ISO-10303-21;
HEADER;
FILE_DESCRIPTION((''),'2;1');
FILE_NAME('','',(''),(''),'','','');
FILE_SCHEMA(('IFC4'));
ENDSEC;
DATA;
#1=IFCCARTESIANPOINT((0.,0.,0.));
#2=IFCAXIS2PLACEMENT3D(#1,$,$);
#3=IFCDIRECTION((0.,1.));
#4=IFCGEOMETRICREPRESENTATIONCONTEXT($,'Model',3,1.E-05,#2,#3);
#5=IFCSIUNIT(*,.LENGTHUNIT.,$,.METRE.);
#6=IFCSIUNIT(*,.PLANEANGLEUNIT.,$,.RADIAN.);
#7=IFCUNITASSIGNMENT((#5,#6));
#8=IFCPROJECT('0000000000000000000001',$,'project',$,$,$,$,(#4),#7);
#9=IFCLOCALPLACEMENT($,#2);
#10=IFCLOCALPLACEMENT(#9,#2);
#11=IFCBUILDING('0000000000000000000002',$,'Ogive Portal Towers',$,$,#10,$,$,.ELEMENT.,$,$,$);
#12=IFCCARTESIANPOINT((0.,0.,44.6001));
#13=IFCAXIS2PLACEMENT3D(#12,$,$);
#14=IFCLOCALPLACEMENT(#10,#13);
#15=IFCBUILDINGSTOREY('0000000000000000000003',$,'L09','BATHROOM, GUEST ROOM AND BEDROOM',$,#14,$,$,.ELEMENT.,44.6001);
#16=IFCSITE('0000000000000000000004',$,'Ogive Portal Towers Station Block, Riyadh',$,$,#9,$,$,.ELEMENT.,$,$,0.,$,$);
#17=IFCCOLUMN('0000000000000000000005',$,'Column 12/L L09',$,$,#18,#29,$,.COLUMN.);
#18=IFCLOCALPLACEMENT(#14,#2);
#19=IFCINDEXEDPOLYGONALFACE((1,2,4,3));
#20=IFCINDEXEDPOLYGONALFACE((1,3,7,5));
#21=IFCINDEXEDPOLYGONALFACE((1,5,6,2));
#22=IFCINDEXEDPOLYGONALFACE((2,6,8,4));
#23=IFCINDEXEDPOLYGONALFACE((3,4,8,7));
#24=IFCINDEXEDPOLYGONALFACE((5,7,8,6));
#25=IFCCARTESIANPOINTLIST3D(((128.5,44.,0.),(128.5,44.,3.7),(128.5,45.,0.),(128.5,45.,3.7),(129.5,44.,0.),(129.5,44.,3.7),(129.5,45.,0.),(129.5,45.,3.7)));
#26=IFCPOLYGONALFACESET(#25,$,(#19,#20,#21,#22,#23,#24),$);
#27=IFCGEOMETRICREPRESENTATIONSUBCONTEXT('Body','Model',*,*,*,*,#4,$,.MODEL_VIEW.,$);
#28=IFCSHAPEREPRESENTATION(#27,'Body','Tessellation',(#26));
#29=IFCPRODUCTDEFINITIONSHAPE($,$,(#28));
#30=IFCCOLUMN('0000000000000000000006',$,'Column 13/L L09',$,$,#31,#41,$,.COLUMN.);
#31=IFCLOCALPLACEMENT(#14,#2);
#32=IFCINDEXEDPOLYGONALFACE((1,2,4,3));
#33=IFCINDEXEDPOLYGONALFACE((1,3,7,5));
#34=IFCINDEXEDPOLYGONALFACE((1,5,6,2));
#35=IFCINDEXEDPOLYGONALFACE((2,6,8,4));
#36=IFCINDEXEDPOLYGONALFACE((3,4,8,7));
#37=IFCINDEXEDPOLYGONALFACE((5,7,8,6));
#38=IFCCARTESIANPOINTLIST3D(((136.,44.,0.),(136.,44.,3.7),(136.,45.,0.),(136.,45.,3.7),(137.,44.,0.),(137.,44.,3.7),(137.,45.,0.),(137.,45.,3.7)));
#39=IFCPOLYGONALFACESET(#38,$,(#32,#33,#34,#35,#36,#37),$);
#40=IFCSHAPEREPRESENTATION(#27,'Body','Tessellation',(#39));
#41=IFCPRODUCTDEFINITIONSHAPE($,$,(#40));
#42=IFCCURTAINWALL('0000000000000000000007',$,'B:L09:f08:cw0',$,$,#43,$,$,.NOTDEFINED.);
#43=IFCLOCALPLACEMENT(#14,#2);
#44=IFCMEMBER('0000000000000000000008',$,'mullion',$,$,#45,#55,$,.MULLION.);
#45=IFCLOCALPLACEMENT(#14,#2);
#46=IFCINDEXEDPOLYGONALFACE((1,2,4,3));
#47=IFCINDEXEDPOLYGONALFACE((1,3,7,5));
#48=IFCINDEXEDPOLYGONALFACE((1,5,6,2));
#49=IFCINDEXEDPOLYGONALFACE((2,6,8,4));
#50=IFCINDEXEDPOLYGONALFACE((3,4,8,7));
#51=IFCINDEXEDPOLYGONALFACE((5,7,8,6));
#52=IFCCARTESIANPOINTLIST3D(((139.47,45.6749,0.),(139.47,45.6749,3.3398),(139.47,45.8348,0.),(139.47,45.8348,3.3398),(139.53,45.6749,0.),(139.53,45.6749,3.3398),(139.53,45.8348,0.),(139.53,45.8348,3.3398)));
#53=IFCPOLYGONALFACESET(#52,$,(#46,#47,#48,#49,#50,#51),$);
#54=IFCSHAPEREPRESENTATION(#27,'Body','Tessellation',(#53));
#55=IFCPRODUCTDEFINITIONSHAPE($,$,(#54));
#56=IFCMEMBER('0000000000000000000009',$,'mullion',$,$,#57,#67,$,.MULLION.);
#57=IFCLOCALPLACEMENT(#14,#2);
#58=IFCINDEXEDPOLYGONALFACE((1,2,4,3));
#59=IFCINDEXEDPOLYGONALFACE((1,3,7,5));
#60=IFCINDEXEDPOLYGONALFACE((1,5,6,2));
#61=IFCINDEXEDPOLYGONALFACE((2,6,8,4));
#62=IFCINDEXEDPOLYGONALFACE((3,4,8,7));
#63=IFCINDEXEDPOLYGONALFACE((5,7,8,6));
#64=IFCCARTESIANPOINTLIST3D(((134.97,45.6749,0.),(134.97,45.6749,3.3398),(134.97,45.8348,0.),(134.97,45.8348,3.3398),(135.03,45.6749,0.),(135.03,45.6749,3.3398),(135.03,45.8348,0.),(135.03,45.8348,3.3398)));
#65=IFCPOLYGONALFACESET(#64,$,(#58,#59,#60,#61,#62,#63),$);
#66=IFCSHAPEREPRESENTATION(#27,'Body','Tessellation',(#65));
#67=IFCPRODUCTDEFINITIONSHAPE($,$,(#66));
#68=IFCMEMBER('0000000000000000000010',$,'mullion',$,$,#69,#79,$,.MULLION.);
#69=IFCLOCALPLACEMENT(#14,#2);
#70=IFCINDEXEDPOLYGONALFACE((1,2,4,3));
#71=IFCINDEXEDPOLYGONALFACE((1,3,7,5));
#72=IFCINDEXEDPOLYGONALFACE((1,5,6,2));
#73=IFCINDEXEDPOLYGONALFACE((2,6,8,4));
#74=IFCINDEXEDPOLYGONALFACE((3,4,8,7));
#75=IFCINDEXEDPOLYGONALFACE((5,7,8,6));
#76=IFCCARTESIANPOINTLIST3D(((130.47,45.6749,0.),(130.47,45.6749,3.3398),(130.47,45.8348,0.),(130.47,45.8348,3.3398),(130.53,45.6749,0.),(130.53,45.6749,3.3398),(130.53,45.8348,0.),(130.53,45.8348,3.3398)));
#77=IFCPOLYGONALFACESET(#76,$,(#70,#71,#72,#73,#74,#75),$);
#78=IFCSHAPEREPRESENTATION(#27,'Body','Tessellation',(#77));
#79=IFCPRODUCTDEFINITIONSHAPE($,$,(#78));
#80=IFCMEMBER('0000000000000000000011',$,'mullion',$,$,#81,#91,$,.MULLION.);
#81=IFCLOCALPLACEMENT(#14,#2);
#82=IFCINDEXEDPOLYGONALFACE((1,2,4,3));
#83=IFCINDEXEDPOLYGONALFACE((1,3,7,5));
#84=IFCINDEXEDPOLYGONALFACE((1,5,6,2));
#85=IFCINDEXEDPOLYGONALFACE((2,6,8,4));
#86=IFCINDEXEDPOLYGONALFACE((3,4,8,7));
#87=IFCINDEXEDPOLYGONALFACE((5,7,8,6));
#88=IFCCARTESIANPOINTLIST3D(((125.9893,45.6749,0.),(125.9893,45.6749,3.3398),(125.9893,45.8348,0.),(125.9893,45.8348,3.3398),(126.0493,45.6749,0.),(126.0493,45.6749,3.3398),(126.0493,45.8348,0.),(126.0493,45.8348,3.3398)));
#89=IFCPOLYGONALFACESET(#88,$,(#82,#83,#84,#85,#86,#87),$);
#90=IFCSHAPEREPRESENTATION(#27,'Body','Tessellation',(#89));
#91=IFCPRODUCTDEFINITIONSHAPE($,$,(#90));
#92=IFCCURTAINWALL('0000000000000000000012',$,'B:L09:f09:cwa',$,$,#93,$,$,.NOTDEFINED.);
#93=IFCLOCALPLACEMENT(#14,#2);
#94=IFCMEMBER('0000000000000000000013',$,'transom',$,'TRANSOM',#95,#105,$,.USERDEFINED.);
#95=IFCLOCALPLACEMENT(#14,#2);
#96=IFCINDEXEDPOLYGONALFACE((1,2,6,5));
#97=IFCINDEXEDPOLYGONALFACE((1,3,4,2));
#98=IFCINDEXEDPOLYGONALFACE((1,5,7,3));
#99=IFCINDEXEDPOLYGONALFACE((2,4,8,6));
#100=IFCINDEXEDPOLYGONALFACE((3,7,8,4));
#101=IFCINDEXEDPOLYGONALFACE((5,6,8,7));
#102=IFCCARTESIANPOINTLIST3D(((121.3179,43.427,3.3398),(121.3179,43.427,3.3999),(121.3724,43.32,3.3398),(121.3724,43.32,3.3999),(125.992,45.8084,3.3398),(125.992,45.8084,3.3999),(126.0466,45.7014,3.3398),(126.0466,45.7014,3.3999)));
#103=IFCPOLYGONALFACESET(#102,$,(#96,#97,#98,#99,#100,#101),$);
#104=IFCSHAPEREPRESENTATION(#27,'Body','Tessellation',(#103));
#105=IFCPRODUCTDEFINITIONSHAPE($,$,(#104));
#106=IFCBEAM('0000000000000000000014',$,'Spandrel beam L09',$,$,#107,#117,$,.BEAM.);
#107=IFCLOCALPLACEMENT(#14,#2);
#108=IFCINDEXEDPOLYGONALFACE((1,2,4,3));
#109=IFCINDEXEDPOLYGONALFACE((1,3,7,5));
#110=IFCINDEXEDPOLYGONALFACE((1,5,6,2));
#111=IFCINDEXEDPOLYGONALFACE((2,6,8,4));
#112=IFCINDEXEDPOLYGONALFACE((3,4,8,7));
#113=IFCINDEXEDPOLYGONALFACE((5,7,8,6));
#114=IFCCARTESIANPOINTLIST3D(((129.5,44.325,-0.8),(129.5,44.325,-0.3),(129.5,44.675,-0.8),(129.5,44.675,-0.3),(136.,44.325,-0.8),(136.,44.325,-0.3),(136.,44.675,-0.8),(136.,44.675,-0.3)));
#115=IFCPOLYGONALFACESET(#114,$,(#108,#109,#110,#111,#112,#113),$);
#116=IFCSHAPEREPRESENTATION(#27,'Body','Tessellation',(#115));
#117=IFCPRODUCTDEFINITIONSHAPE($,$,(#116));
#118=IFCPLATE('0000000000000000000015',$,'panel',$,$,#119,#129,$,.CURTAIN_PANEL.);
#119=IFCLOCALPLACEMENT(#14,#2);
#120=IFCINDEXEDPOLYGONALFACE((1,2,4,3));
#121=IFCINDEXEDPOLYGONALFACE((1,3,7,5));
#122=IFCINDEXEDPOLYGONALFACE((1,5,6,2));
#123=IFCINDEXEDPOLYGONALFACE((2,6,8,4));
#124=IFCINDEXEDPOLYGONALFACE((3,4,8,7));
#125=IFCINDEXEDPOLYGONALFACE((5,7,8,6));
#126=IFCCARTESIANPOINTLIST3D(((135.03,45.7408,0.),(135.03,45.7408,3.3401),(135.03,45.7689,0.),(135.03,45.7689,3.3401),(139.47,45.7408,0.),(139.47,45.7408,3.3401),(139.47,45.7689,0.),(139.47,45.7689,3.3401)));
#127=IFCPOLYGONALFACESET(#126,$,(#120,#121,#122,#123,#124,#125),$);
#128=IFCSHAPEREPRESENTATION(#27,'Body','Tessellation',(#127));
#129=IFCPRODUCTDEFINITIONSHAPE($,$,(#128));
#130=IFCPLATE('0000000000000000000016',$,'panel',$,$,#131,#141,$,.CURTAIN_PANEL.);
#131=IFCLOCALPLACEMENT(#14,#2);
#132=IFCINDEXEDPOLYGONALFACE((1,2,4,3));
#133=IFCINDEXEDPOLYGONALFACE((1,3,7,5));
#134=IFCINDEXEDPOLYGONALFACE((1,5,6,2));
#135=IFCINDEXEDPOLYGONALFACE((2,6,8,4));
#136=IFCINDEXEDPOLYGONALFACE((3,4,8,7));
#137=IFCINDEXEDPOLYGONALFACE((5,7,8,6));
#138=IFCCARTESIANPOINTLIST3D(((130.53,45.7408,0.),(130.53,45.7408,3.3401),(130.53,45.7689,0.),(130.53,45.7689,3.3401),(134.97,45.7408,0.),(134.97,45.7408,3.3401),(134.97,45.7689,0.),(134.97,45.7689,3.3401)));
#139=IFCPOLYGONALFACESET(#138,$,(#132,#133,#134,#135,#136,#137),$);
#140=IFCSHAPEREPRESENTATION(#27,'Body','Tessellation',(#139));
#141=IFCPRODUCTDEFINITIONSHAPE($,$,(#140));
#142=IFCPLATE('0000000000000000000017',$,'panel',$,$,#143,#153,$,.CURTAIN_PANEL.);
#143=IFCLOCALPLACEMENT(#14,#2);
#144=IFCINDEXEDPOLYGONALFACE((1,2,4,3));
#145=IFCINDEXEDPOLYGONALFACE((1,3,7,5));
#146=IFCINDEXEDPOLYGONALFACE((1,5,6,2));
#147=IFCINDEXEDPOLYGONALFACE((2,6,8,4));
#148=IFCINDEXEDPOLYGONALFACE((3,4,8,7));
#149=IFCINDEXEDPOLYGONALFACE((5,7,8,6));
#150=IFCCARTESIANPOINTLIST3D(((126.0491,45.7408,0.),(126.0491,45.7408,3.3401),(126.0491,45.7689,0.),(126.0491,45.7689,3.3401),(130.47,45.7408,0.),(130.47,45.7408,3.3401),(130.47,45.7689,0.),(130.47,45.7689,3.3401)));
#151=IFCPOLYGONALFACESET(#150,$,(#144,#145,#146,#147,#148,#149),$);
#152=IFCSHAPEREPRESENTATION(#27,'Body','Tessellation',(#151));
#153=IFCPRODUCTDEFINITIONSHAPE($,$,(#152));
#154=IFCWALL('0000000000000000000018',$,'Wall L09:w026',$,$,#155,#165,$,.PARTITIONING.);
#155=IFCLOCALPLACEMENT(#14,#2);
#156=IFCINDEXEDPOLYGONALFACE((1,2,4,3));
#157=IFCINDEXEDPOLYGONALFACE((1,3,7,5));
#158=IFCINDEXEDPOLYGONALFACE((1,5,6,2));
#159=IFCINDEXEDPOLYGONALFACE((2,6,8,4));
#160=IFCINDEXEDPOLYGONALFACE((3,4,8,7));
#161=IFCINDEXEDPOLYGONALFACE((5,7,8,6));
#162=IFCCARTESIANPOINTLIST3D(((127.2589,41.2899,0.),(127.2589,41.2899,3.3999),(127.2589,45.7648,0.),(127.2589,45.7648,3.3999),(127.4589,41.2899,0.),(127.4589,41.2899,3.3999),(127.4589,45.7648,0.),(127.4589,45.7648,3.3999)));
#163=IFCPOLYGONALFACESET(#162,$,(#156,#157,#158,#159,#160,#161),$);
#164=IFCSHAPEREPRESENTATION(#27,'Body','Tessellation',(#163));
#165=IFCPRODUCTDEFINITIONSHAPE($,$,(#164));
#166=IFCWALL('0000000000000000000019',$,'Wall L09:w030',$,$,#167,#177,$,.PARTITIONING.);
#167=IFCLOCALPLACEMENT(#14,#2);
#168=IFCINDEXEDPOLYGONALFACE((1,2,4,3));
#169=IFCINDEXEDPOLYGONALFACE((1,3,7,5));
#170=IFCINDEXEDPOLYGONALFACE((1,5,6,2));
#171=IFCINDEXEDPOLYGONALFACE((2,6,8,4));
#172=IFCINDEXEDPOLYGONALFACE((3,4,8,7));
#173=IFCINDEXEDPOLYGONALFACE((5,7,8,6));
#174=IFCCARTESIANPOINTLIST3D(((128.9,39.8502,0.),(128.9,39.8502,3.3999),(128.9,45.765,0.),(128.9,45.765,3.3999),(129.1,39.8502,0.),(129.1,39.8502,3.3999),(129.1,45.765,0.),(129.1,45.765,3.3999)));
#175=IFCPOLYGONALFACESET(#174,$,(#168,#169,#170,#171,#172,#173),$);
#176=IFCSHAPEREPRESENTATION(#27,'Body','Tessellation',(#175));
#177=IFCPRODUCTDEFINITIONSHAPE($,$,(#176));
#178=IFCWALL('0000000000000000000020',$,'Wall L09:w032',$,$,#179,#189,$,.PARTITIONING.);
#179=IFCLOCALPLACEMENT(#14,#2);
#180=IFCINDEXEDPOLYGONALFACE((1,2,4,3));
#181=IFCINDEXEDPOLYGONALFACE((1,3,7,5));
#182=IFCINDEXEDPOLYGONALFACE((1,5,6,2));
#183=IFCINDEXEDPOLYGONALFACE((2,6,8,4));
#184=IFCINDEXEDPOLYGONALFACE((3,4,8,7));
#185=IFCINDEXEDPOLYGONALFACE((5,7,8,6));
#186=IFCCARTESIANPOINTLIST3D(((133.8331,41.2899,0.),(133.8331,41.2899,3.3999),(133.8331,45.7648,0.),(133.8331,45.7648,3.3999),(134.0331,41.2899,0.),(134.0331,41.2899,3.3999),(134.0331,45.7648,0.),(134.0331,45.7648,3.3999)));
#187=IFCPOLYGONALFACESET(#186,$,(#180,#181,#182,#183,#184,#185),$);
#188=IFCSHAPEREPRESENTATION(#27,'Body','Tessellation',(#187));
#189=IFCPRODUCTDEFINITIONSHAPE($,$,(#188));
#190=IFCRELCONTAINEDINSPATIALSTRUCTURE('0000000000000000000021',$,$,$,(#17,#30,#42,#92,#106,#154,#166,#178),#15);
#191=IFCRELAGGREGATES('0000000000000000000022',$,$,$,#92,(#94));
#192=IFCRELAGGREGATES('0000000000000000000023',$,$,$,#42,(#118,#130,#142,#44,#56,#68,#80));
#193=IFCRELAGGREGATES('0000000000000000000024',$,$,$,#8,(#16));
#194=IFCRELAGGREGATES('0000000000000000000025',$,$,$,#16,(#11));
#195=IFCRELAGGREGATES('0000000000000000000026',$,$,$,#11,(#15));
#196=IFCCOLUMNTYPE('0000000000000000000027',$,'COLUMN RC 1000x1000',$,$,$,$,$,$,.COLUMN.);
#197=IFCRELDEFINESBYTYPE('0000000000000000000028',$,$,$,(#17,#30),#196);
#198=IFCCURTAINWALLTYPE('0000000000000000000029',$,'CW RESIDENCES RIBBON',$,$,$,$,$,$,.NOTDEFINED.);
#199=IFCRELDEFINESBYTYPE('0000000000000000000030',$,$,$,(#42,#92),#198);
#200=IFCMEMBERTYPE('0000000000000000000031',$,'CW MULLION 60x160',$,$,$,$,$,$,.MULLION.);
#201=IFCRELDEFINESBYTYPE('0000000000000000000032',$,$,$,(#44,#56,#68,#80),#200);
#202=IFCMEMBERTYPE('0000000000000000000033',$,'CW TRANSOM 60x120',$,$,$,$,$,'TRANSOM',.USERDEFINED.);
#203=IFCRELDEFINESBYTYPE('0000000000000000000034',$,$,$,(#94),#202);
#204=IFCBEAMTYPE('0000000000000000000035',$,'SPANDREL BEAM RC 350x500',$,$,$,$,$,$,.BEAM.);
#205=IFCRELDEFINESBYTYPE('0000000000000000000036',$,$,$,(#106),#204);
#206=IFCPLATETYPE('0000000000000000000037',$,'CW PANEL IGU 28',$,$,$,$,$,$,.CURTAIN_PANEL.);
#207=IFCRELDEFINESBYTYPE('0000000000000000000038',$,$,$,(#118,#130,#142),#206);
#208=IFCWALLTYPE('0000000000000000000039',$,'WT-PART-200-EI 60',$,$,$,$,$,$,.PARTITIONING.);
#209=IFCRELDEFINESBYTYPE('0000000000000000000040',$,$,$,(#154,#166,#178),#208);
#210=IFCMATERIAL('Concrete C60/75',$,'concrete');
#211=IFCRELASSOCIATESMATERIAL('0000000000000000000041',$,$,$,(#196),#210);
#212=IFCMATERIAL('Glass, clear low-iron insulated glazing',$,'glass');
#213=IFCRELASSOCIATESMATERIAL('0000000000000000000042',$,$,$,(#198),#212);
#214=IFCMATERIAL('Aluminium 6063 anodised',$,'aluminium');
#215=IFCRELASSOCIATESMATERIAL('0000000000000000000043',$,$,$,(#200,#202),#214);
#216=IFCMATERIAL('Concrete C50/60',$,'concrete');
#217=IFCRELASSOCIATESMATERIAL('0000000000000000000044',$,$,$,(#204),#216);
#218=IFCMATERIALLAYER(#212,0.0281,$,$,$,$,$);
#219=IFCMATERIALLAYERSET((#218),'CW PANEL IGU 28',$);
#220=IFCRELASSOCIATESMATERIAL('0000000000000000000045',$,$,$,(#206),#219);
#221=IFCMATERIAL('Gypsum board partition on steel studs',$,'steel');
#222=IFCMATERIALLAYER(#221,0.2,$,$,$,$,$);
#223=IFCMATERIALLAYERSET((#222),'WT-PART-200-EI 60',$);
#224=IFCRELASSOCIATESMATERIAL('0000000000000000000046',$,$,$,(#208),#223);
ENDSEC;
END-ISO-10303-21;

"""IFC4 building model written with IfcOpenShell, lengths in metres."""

from ifc_helpers import new_model, si_unit, direction, frame, frame_2d, origin, origin_2d, place, context, subcontext, project, spatial, rectangle, extrude, material, layer, layer_set, material_profile, profile_set, type_object, element, aggregate, save


model = new_model("IFC4")

# Units and contexts
model_context = context("Model", 3, precision=1e-05, world=origin(), true_north=direction((0.0, 1.0)))
body_context = subcontext(model_context, "Body", "Model", "MODEL_VIEW")
ifc_project = project(units=[si_unit("LENGTHUNIT", "METRE"), si_unit("PLANEANGLEUNIT", "RADIAN")], contexts=[model_context])

# Site, building, storey
site_placement = place(None, origin())
site = spatial("IfcSite", under=ifc_project, at=site_placement, Name="Ogive Portal Towers Station Block, Riyadh", CompositionType="ELEMENT", RefElevation=0.0)
building_placement = place(site_placement, origin())
building = spatial("IfcBuilding", under=site, at=building_placement, Name="Ogive Portal Towers", CompositionType="ELEMENT")
storey_placement = place(building_placement, frame((0.0, 0.0, 44.6001)))
storey = spatial("IfcBuildingStorey", under=building, at=storey_placement, Name="L09", Description="BATHROOM, GUEST ROOM AND BEDROOM", CompositionType="ELEMENT", Elevation=44.6001)

# Columns
ifc_material_1 = material(Name="Concrete C60/75", Category="concrete")
ifc_material_profile_1 = material_profile(ifc_material_1, rectangle(XDim=1.0, YDim=1.0, at=origin_2d()), Name="RC 1000x1000")
ifc_profile_set_1 = profile_set([ifc_material_profile_1], Name="Concrete C60/75")
column_type = type_object("IfcColumnType", Name="COLUMN RC 1000x1000", PredefinedType="COLUMN", material=ifc_profile_set_1)
for number, where, z_axis, x_axis, name in (
    (1, (129.0, 44.5, 0.0), (0.0, 0.0, 1.0), (1.0, 0.0, 0.0), "Column 12/L L09"),
    (2, (136.5, 44.5, 0.0), (0.0, 0.0, 1.0), (1.0, 0.0, 0.0), "Column 13/L L09"),
):
    element("IfcColumn", number, at=place(storey_placement, frame(where, z_axis=z_axis, x_axis=x_axis)), inside=storey, type_object=column_type, Name=name, PredefinedType="COLUMN", context=body_context, shape_type="SweptSolid", body=[
        extrude(rectangle(XDim=1.0, YDim=1.0, at=origin_2d()), origin(), (0.0, 0.0, 1.0), 3.7),
    ])

# Curtain wall, members
ifc_material_2 = material(Name="Glass, clear low-iron insulated glazing", Category="glass")
curtain_wall_type = type_object("IfcCurtainWallType", Name="CW RESIDENCES RIBBON", PredefinedType="NOTDEFINED", material=ifc_material_2)
curtain_wall_1_placement = place(storey_placement, origin())
curtain_wall_1 = element("IfcCurtainWall", 3, at=curtain_wall_1_placement, inside=storey, type_object=curtain_wall_type, Name="B:L09:f08:cw0", PredefinedType="NOTDEFINED")
ifc_material_3 = material(Name="Aluminium 6063 anodised", Category="aluminium")
ifc_material_profile_2 = material_profile(ifc_material_3, rectangle(XDim=0.1599, YDim=0.0601, at=origin_2d()), Name="AL 60x160")
ifc_profile_set_2 = profile_set([ifc_material_profile_2], Name="Aluminium 6063 anodised")
member_type_1 = type_object("IfcMemberType", Name="CW MULLION 60x160", PredefinedType="MULLION", material=ifc_profile_set_2)
member_1_placement = place(storey_placement, frame((139.5, 45.7549, 0.0), z_axis=(0.0, 0.0, 1.0), x_axis=(0.0, -1.0, 0.0)))
member_1 = element("IfcMember", 4, at=member_1_placement, type_object=member_type_1, Name="mullion", PredefinedType="MULLION", context=body_context, shape_type="SweptSolid", body=[
    extrude(rectangle(XDim=0.1599, YDim=0.0601, at=origin_2d()), origin(), (0.0, 0.0, 1.0), 3.3398),
])
member_2_placement = place(storey_placement, frame((135.0, 45.7549, 0.0), z_axis=(0.0, 0.0, 1.0), x_axis=(0.0, -1.0, 0.0)))
member_2 = element("IfcMember", 5, at=member_2_placement, type_object=member_type_1, Name="mullion", PredefinedType="MULLION", context=body_context, shape_type="SweptSolid", body=[
    extrude(rectangle(XDim=0.1599, YDim=0.0601, at=origin_2d()), origin(), (0.0, 0.0, 1.0), 3.3398),
])
member_3_placement = place(storey_placement, frame((130.5, 45.7549, 0.0), z_axis=(0.0, 0.0, 1.0), x_axis=(0.0, -1.0, 0.0)))
member_3 = element("IfcMember", 6, at=member_3_placement, type_object=member_type_1, Name="mullion", PredefinedType="MULLION", context=body_context, shape_type="SweptSolid", body=[
    extrude(rectangle(XDim=0.1599, YDim=0.0601, at=origin_2d()), origin(), (0.0, 0.0, 1.0), 3.3398),
])
member_4_placement = place(storey_placement, frame((126.0193, 45.7549, 0.0), z_axis=(0.0, 0.0, 1.0), x_axis=(0.0, -1.0, 0.0)))
member_4 = element("IfcMember", 7, at=member_4_placement, type_object=member_type_1, Name="mullion", PredefinedType="MULLION", context=body_context, shape_type="SweptSolid", body=[
    extrude(rectangle(XDim=0.1599, YDim=0.0601, at=origin_2d()), origin(), (0.0, 0.0, 1.0), 3.3398),
])

# Curtain wall, member
curtain_wall_2_placement = place(storey_placement, origin())
curtain_wall_2 = element("IfcCurtainWall", 8, at=curtain_wall_2_placement, inside=storey, type_object=curtain_wall_type, Name="B:L09:f09:cwa", PredefinedType="NOTDEFINED")
ifc_material_profile_3 = material_profile(ifc_material_3, rectangle(XDim=0.1201, YDim=0.0601, at=origin_2d()), Name="AL 120x60")
ifc_profile_set_3 = profile_set([ifc_material_profile_3], Name="Aluminium 6063 anodised")
member_type_2 = type_object("IfcMemberType", Name="CW TRANSOM 60x120", ElementType="TRANSOM", PredefinedType="USERDEFINED", material=ifc_profile_set_3)
member_5_placement = place(storey_placement, frame((126.0193, 45.7549, 3.3699), z_axis=(-0.891023, -0.453959, 0.0), x_axis=(0.453959, -0.891023, 0.0)))
member_5 = element("IfcMember", 9, at=member_5_placement, type_object=member_type_2, Name="transom", ObjectType="TRANSOM", PredefinedType="USERDEFINED", context=body_context, shape_type="SweptSolid", body=[
    extrude(rectangle(XDim=0.1201, YDim=0.0601, at=origin_2d()), origin(), (0.0, 0.0, 1.0), 5.2458),
])
aggregate(curtain_wall_2, [member_5])

# Beam
ifc_material_4 = material(Name="Concrete C50/60", Category="concrete")
ifc_material_profile_4 = material_profile(ifc_material_4, rectangle(XDim=0.3501, YDim=0.5, at=origin_2d()), Name="RC 350x500")
ifc_profile_set_4 = profile_set([ifc_material_profile_4], Name="Concrete C50/60")
beam_type = type_object("IfcBeamType", Name="SPANDREL BEAM RC 350x500", PredefinedType="BEAM", material=ifc_profile_set_4)
beam_placement = place(storey_placement, frame((136.0, 44.5, -0.55), z_axis=(-1.0, 0.0, 0.0), x_axis=(0.0, -1.0, 0.0)))
element("IfcBeam", 10, at=beam_placement, inside=storey, type_object=beam_type, Name="Spandrel beam L09", PredefinedType="BEAM", context=body_context, shape_type="SweptSolid", body=[
    extrude(rectangle(XDim=0.3501, YDim=0.5, at=origin_2d()), origin(), (0.0, 0.0, 1.0), 6.5),
])

# Plates
ifc_layer_1 = layer(ifc_material_2, 0.0281)
ifc_layer_set_1 = layer_set([ifc_layer_1], Name="CW PANEL IGU 28")
plate_type = type_object("IfcPlateType", Name="CW PANEL IGU 28", PredefinedType="CURTAIN_PANEL", material=ifc_layer_set_1)
plate_1_placement = place(storey_placement, frame((137.25, 45.7549, 0.0), z_axis=(0.0, 0.0, 1.0), x_axis=(-1.0, 0.0, 0.0)))
plate_1 = element("IfcPlate", 11, at=plate_1_placement, type_object=plate_type, Name="panel", PredefinedType="CURTAIN_PANEL", context=body_context, shape_type="SweptSolid", body=[
    extrude(rectangle(XDim=4.4399, YDim=0.0281, at=origin_2d()), origin(), (0.0, 0.0, 1.0), 3.3401),
])
plate_2_placement = place(storey_placement, frame((132.75, 45.7549, 0.0), z_axis=(0.0, 0.0, 1.0), x_axis=(-1.0, 0.0, 0.0)))
plate_2 = element("IfcPlate", 12, at=plate_2_placement, type_object=plate_type, Name="panel", PredefinedType="CURTAIN_PANEL", context=body_context, shape_type="SweptSolid", body=[
    extrude(rectangle(XDim=4.4399, YDim=0.0281, at=origin_2d()), origin(), (0.0, 0.0, 1.0), 3.3401),
])
plate_3_placement = place(storey_placement, frame((128.2595, 45.7549, 0.0), z_axis=(0.0, 0.0, 1.0), x_axis=(-1.0, 0.0, 0.0)))
plate_3 = element("IfcPlate", 13, at=plate_3_placement, type_object=plate_type, Name="panel", PredefinedType="CURTAIN_PANEL", context=body_context, shape_type="SweptSolid", body=[
    extrude(rectangle(XDim=4.4209, YDim=0.0281, at=origin_2d()), origin(), (0.0, 0.0, 1.0), 3.3401),
])
aggregate(curtain_wall_1, [plate_1, plate_2, plate_3, member_1, member_2, member_3, member_4])

# Walls
ifc_material_5 = material(Name="Gypsum board partition on steel studs", Category="steel")
ifc_layer_2 = layer(ifc_material_5, 0.2)
ifc_layer_set_2 = layer_set([ifc_layer_2], Name="WT-PART-200-EI 60")
wall_type = type_object("IfcWallType", Name="WT-PART-200-EI 60", PredefinedType="PARTITIONING", material=ifc_layer_set_2)
wall_1_placement = place(storey_placement, frame((127.3589, 41.29, 0.0), z_axis=(0.0, 0.0, 1.0), x_axis=(0.0, 1.0, 0.0)))
element("IfcWall", 14, at=wall_1_placement, inside=storey, type_object=wall_type, Name="Wall L09:w026", PredefinedType="PARTITIONING", context=body_context, shape_type="SweptSolid", body=[
    extrude(rectangle(XDim=4.4749, YDim=0.2, at=frame_2d((2.2373, 0.0))), origin(), (0.0, 0.0, 1.0), 3.3999),
])
wall_2_placement = place(storey_placement, frame((129.0, 39.8501, 0.0), z_axis=(0.0, 0.0, 1.0), x_axis=(0.0, 1.0, 0.0)))
element("IfcWall", 15, at=wall_2_placement, inside=storey, type_object=wall_type, Name="Wall L09:w030", PredefinedType="PARTITIONING", context=body_context, shape_type="SweptSolid", body=[
    extrude(rectangle(XDim=5.9148, YDim=0.2, at=frame_2d((2.9575, 0.0))), origin(), (0.0, 0.0, 1.0), 3.3999),
])
for number, where, z_axis, x_axis, name in (
    (16, (133.9331, 41.29, 0.0), (0.0, 0.0, 1.0), (0.0, 1.0, 0.0), "Wall L09:w032"),
):
    element("IfcWall", number, at=place(storey_placement, frame(where, z_axis=z_axis, x_axis=x_axis)), inside=storey, type_object=wall_type, Name=name, PredefinedType="PARTITIONING", context=body_context, shape_type="SweptSolid", body=[
        extrude(rectangle(XDim=4.4749, YDim=0.2, at=frame_2d((2.2373, 0.0))), origin(), (0.0, 0.0, 1.0), 3.3999),
    ])

save(model, "model.ifc")
